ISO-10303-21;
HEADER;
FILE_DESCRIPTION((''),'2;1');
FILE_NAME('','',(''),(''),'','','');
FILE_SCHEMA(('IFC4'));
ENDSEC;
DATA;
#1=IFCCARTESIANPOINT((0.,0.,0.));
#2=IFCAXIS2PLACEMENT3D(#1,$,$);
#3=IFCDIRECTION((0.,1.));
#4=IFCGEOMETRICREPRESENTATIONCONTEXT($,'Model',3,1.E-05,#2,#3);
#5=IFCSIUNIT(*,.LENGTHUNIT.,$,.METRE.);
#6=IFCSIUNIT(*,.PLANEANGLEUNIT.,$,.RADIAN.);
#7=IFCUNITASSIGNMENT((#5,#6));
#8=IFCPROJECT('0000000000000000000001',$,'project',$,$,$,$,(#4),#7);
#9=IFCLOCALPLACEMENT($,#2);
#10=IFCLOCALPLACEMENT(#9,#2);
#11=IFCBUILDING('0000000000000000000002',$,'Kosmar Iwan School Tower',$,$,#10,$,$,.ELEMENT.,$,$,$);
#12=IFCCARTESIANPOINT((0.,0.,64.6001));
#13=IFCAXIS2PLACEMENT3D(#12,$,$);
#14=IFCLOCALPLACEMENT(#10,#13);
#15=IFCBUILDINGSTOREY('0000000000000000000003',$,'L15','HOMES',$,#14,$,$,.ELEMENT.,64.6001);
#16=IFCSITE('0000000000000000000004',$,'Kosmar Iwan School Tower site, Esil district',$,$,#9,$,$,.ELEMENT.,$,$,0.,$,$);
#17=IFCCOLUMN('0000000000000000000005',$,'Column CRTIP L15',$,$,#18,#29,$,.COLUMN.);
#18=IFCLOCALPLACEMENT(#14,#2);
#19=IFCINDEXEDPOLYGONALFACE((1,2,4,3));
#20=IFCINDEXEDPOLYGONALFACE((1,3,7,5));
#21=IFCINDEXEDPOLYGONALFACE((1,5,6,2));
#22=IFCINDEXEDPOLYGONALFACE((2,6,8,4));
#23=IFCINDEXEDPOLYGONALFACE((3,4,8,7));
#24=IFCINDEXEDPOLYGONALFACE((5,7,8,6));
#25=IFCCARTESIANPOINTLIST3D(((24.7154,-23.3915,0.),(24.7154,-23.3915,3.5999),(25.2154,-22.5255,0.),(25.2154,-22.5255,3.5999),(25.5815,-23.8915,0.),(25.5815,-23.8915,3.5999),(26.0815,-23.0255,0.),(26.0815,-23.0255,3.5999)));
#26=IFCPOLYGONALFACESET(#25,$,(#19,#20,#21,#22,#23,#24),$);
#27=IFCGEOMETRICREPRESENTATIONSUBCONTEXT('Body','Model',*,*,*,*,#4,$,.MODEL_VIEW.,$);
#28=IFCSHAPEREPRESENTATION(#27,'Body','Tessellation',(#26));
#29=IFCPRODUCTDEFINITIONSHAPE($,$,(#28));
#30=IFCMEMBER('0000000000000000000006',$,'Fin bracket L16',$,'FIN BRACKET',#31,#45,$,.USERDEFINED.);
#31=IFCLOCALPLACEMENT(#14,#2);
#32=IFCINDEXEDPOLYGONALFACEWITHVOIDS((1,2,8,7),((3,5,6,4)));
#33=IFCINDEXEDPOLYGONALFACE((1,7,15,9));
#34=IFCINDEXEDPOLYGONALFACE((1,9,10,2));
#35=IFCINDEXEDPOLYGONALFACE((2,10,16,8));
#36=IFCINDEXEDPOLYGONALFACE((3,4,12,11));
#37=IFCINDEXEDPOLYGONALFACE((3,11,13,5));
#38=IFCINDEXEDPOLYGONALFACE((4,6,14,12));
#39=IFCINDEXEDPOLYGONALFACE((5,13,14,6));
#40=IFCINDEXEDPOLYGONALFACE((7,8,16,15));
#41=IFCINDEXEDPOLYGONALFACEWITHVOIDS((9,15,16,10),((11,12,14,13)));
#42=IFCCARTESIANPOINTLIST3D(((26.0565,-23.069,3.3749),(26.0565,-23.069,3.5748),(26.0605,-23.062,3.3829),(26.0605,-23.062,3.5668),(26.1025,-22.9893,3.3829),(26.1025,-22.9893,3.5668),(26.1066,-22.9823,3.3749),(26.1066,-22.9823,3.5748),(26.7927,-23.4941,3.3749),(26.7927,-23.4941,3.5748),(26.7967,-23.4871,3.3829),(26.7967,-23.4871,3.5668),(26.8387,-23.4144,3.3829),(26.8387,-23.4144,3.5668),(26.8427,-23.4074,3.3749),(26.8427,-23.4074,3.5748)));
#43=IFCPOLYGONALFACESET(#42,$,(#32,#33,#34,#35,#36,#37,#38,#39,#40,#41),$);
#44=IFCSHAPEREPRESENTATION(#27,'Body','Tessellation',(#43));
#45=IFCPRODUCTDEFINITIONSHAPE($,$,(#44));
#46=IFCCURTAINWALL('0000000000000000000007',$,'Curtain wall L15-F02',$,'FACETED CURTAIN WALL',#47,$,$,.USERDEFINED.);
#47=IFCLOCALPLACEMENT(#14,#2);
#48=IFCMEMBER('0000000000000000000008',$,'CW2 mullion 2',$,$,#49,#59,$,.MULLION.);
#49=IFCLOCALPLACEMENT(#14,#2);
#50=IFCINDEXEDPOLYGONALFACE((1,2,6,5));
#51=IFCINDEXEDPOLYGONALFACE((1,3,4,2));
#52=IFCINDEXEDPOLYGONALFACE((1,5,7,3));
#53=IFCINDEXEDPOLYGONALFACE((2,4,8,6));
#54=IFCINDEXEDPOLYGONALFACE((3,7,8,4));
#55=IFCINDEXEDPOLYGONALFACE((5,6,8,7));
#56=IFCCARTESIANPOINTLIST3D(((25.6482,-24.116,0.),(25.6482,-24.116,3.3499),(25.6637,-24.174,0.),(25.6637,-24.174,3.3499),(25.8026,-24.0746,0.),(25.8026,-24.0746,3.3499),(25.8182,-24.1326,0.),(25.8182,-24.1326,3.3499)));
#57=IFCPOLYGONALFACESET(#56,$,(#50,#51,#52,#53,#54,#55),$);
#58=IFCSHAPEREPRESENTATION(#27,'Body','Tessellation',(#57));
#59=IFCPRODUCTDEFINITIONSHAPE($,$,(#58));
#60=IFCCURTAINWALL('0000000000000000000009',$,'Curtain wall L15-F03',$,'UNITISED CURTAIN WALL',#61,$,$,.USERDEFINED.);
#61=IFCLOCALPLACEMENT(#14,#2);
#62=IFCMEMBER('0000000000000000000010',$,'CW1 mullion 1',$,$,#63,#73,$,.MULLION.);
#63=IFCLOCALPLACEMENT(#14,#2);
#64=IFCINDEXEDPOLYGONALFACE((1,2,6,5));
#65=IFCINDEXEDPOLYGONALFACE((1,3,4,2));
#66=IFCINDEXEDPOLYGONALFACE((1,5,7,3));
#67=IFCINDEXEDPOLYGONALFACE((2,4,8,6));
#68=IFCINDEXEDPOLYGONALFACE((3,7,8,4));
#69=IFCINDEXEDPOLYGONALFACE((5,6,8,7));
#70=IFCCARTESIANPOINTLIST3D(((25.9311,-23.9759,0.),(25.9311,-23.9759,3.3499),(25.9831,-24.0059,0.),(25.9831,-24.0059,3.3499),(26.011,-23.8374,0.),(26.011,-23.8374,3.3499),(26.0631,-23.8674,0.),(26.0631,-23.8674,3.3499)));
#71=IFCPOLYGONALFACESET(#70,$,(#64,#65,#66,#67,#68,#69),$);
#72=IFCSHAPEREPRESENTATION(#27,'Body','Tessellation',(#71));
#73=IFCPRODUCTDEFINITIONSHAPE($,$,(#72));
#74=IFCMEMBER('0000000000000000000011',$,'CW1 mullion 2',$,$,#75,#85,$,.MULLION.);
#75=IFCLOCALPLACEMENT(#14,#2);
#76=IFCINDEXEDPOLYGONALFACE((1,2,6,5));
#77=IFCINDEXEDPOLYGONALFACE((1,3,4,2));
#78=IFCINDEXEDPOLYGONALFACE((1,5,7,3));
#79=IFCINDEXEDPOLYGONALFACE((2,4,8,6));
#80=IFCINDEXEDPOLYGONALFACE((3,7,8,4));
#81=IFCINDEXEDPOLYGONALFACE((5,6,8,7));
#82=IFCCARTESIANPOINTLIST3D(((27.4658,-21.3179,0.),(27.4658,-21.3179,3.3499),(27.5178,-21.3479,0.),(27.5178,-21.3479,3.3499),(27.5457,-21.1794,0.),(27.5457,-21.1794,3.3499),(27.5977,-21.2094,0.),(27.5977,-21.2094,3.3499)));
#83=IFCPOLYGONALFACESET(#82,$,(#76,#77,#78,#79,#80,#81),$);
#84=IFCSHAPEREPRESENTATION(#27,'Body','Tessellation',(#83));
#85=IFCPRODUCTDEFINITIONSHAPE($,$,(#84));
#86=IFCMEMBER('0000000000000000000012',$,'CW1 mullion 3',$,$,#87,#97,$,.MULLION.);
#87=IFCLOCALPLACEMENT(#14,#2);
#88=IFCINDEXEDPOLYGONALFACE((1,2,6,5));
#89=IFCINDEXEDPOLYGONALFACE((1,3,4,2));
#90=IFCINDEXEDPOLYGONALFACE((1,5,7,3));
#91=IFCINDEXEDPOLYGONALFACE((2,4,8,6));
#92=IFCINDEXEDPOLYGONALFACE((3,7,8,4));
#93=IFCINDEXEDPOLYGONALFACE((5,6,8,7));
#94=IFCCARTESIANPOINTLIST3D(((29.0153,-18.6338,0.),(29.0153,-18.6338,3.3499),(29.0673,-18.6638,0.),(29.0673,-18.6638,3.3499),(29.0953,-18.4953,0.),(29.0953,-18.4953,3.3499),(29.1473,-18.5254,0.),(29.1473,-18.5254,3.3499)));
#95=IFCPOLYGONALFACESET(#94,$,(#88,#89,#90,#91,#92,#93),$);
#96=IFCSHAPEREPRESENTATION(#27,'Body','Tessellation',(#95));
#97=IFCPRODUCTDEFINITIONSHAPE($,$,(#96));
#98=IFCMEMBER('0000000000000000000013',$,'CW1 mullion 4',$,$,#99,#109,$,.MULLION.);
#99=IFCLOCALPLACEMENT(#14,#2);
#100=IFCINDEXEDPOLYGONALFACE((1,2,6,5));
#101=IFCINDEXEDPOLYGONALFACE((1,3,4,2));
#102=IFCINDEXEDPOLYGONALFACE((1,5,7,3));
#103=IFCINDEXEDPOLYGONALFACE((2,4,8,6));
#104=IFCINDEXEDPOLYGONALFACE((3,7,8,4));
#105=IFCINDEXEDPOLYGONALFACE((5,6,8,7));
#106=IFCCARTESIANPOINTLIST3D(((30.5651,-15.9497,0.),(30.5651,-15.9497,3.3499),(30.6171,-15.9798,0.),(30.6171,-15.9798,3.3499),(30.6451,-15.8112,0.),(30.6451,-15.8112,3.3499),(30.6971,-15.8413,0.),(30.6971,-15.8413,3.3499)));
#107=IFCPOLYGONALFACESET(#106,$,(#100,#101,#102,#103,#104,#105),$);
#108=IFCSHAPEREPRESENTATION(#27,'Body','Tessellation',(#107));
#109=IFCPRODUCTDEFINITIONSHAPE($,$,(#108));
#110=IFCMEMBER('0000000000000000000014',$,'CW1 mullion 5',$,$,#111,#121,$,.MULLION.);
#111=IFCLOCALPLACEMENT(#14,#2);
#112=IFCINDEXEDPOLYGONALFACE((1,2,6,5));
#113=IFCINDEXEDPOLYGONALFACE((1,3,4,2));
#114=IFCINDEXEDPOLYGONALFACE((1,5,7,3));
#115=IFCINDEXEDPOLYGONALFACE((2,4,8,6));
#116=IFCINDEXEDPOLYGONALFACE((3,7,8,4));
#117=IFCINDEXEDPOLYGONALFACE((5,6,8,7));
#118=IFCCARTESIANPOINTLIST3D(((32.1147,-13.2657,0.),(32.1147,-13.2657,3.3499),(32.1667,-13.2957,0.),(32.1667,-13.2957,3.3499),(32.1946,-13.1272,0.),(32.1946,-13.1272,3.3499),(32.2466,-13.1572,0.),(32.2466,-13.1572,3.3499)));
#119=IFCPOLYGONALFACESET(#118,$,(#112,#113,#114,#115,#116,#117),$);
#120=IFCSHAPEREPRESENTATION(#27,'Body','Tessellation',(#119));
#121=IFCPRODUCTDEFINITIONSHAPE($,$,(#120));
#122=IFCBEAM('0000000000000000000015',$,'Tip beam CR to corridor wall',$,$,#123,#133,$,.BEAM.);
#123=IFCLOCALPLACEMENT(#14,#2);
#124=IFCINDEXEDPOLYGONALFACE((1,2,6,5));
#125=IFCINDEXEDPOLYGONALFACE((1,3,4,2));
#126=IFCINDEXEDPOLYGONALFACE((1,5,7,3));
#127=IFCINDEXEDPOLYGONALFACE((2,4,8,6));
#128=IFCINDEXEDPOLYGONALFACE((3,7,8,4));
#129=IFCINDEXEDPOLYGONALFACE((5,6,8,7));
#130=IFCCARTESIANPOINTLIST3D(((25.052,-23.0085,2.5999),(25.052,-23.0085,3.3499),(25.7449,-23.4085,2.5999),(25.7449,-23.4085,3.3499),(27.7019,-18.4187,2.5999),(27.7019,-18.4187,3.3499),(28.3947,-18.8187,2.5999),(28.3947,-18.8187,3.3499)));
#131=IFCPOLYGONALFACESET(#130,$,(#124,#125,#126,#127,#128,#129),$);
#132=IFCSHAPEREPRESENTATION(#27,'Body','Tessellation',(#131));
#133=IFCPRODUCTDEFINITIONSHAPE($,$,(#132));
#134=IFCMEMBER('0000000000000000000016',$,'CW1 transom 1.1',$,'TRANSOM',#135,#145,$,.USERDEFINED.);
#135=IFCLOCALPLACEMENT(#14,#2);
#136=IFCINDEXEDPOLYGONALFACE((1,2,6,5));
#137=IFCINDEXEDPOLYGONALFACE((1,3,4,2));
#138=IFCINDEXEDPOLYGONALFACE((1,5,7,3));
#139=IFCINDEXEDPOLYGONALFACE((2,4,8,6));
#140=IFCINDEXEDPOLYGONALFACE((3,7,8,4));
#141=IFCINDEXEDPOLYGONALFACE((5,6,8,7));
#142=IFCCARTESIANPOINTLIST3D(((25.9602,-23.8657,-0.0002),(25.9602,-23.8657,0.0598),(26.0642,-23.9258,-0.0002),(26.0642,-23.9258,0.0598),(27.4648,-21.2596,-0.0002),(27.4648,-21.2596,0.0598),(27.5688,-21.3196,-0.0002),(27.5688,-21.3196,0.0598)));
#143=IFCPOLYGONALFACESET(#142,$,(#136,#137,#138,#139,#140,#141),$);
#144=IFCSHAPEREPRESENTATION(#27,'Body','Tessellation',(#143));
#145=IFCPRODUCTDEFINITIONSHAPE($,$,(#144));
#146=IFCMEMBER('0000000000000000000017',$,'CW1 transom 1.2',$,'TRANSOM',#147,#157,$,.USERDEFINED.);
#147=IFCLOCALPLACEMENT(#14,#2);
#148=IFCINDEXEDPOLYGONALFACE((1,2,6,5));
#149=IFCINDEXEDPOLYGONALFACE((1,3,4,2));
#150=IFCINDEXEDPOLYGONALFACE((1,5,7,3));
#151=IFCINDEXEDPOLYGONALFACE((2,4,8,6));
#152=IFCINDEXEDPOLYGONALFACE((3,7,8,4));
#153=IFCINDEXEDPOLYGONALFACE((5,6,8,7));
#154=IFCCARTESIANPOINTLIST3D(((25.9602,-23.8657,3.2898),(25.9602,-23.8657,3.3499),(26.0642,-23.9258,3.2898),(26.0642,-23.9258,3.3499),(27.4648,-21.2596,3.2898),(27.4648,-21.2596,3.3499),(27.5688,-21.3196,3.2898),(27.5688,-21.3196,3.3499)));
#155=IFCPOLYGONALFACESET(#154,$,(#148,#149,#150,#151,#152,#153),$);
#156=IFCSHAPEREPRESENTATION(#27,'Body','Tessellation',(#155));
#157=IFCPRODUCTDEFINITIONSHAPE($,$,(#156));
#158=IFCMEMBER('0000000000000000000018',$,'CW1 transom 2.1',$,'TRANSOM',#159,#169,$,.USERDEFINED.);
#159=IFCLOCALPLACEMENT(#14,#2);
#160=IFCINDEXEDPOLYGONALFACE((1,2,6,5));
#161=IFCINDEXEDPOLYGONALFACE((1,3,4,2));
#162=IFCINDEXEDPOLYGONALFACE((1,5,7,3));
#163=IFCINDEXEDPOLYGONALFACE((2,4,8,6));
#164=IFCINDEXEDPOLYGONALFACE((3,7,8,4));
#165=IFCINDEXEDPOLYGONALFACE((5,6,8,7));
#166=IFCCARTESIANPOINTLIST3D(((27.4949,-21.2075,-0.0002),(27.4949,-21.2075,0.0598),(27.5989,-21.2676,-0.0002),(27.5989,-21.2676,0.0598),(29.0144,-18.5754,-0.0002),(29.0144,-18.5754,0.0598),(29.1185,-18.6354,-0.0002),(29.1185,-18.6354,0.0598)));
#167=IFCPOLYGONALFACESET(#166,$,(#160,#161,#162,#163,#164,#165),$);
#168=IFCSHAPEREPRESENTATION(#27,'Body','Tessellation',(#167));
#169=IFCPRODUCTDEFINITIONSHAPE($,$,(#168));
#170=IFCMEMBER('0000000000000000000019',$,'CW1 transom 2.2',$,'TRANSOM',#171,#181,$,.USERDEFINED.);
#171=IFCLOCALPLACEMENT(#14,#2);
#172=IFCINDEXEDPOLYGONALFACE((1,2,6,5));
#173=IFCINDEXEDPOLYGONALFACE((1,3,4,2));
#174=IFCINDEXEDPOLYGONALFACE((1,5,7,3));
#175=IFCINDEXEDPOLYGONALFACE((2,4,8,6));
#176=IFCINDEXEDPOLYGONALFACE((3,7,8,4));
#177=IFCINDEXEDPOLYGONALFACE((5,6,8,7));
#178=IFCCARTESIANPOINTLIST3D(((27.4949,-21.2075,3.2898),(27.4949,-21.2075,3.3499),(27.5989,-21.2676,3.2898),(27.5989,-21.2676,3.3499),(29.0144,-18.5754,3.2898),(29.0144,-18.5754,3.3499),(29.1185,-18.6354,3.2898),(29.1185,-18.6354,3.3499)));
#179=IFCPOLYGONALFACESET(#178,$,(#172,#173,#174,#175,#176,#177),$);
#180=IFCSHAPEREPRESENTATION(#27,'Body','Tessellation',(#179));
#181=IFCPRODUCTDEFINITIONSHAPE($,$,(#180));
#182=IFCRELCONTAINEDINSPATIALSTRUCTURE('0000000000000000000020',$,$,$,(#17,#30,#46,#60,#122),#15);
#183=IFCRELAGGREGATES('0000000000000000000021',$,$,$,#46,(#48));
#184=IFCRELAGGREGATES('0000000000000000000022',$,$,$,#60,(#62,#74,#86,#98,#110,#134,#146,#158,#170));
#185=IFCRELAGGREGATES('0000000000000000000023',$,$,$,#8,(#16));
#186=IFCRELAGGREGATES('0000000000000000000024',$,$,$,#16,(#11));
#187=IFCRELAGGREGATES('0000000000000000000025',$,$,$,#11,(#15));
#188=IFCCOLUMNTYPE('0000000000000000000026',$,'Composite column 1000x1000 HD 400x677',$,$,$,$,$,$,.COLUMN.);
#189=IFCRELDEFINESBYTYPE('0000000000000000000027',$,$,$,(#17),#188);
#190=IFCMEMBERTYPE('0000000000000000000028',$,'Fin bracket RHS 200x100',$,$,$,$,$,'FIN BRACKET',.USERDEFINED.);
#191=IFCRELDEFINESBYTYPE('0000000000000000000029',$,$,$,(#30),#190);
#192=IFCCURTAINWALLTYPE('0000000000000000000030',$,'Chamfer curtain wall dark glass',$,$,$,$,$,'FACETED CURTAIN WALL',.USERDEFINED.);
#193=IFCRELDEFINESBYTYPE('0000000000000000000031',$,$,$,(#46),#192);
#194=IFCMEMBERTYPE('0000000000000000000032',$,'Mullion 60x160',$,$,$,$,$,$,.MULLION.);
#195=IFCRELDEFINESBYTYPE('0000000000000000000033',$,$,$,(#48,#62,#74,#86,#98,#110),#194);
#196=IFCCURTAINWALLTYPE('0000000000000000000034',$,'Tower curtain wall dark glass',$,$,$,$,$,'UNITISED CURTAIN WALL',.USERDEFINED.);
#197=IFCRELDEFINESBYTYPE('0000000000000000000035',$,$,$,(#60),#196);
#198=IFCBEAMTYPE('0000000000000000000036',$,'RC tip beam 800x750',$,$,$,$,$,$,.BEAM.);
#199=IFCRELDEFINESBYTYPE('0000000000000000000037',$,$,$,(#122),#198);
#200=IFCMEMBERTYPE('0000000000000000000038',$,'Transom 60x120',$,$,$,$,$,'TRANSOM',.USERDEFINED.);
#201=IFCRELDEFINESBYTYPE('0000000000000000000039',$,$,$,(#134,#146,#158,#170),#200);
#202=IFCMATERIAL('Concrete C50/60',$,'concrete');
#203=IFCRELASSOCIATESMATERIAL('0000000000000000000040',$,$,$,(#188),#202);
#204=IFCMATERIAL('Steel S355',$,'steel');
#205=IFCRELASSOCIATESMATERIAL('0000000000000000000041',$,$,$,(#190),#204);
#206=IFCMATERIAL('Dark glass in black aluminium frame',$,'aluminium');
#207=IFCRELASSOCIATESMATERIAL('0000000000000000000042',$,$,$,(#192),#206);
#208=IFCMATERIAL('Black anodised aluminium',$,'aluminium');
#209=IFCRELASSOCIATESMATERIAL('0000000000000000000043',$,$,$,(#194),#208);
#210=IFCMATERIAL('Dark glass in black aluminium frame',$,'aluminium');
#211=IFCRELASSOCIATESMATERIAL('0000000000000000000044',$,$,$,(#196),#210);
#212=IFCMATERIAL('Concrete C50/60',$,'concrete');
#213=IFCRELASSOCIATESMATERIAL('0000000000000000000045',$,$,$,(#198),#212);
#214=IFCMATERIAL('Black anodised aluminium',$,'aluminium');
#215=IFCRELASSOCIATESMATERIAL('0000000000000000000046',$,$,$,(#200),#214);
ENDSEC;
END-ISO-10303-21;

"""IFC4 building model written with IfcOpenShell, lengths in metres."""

from ifc_helpers import new_model, si_unit, direction, frame, origin, origin_2d, place, context, subcontext, project, spatial, rectangle, hollow_rectangle, extrude, material, material_profile, profile_set, type_object, element, aggregate, save


model = new_model("IFC4")

# Units and contexts
model_context = context("Model", 3, precision=1e-05, world=origin(), true_north=direction((0.0, 1.0)))
body_context = subcontext(model_context, "Body", "Model", "MODEL_VIEW")
ifc_project = project(units=[si_unit("LENGTHUNIT", "METRE"), si_unit("PLANEANGLEUNIT", "RADIAN")], contexts=[model_context])

# Site, building, storey
site_placement = place(None, origin())
site = spatial("IfcSite", under=ifc_project, at=site_placement, Name="Kosmar Iwan School Tower site, Esil district", CompositionType="ELEMENT", RefElevation=0.0)
building_placement = place(site_placement, origin())
building = spatial("IfcBuilding", under=site, at=building_placement, Name="Kosmar Iwan School Tower", CompositionType="ELEMENT")
storey_placement = place(building_placement, frame((0.0, 0.0, 64.6001)))
storey = spatial("IfcBuildingStorey", under=building, at=storey_placement, Name="L15", Description="HOMES", CompositionType="ELEMENT", Elevation=64.6001)

# Column
ifc_material_1 = material(Name="Concrete C50/60", Category="concrete")
ifc_material_profile_1 = material_profile(ifc_material_1, rectangle(XDim=1.0, YDim=1.0, at=origin_2d()), Name="RC 1000x1000 + HD 400x677")
ifc_profile_set_1 = profile_set([ifc_material_profile_1], Name="Concrete C50/60")
column_type = type_object("IfcColumnType", Name="Composite column 1000x1000 HD 400x677", PredefinedType="COLUMN", material=ifc_profile_set_1)
column_placement = place(storey_placement, frame((25.3984, -23.2085, 0.0), z_axis=(0.0, 0.0, 1.0), x_axis=(0.866025, -0.5, 0.0)))
element("IfcColumn", 1, at=column_placement, inside=storey, type_object=column_type, Name="Column CRTIP L15", PredefinedType="COLUMN", context=body_context, shape_type="SweptSolid", body=[
    extrude(rectangle(XDim=1.0, YDim=1.0, at=origin_2d()), origin(), (0.0, 0.0, 1.0), 3.5999),
])

# Member
ifc_material_2 = material(Name="Steel S355", Category="steel")
ifc_material_profile_2 = material_profile(ifc_material_2, hollow_rectangle(XDim=0.1001, YDim=0.2, WallThickness=0.0081, at=origin_2d()), Name="RHS 200x100x8")
ifc_profile_set_2 = profile_set([ifc_material_profile_2], Name="Steel S355")
member_type_1 = type_object("IfcMemberType", Name="Fin bracket RHS 200x100", ElementType="FIN BRACKET", PredefinedType="USERDEFINED", material=ifc_profile_set_2)
member_1_placement = place(storey_placement, frame((26.0815, -23.0256, 3.4749), z_axis=(0.865989, -0.500062, 0.0), x_axis=(0.500062, 0.865989, 0.0)))
element("IfcMember", 2, at=member_1_placement, inside=storey, type_object=member_type_1, Name="Fin bracket L16", ObjectType="FIN BRACKET", PredefinedType="USERDEFINED", context=body_context, shape_type="SweptSolid", body=[
    extrude(hollow_rectangle(XDim=0.1001, YDim=0.2, WallThickness=0.0081, at=origin_2d()), origin(), (0.0, 0.0, 1.0), 0.8501),
])

# Curtain wall, member
ifc_material_3 = material(Name="Dark glass in black aluminium frame", Category="aluminium")
curtain_wall_type_1 = type_object("IfcCurtainWallType", Name="Chamfer curtain wall dark glass", ElementType="FACETED CURTAIN WALL", PredefinedType="USERDEFINED", material=ifc_material_3)
curtain_wall_1_placement = place(storey_placement, origin())
curtain_wall_1 = element("IfcCurtainWall", 3, at=curtain_wall_1_placement, inside=storey, type_object=curtain_wall_type_1, Name="Curtain wall L15-F02", ObjectType="FACETED CURTAIN WALL", PredefinedType="USERDEFINED")
ifc_material_4 = material(Name="Black anodised aluminium", Category="aluminium")
ifc_material_profile_3 = material_profile(ifc_material_4, rectangle(XDim=0.0601, YDim=0.1599, at=origin_2d()), Name="MULLION 60x160")
ifc_profile_set_3 = profile_set([ifc_material_profile_3], Name="Black anodised aluminium")
member_type_2 = type_object("IfcMemberType", Name="Mullion 60x160", PredefinedType="MULLION", material=ifc_profile_set_3)
member_2_placement = place(storey_placement, frame((25.7332, -24.1243, 0.0), z_axis=(0.0, 0.0, 1.0), x_axis=(-0.258819, 0.965926, 0.0)))
member_2 = element("IfcMember", 4, at=member_2_placement, type_object=member_type_2, Name="CW2 mullion 2", PredefinedType="MULLION", context=body_context, shape_type="SweptSolid", body=[
    extrude(rectangle(XDim=0.0601, YDim=0.1599, at=origin_2d()), origin(), (0.0, 0.0, 1.0), 3.3499),
])

# Curtain wall, members
ifc_material_5 = material(Name="Dark glass in black aluminium frame", Category="aluminium")
curtain_wall_type_2 = type_object("IfcCurtainWallType", Name="Tower curtain wall dark glass", ElementType="UNITISED CURTAIN WALL", PredefinedType="USERDEFINED", material=ifc_material_5)
curtain_wall_2_placement = place(storey_placement, origin())
curtain_wall_2 = element("IfcCurtainWall", 5, at=curtain_wall_2_placement, inside=storey, type_object=curtain_wall_type_2, Name="Curtain wall L15-F03", ObjectType="UNITISED CURTAIN WALL", PredefinedType="USERDEFINED")
member_3_placement = place(storey_placement, frame((25.9971, -23.9216, 0.0), z_axis=(0.0, 0.0, 1.0), x_axis=(-0.866025, 0.5, 0.0)))
member_3 = element("IfcMember", 6, at=member_3_placement, type_object=member_type_2, Name="CW1 mullion 1", PredefinedType="MULLION", context=body_context, shape_type="SweptSolid", body=[
    extrude(rectangle(XDim=0.0601, YDim=0.1599, at=origin_2d()), origin(), (0.0, 0.0, 1.0), 3.3499),
])
member_4_placement = place(storey_placement, frame((27.5317, -21.2637, 0.0), z_axis=(0.0, 0.0, 1.0), x_axis=(-0.866025, 0.5, 0.0)))
member_4 = element("IfcMember", 7, at=member_4_placement, type_object=member_type_2, Name="CW1 mullion 2", PredefinedType="MULLION", context=body_context, shape_type="SweptSolid", body=[
    extrude(rectangle(XDim=0.0601, YDim=0.1599, at=origin_2d()), origin(), (0.0, 0.0, 1.0), 3.3499),
])
member_5_placement = place(storey_placement, frame((29.0813, -18.5796, 0.0), z_axis=(0.0, 0.0, 1.0), x_axis=(-0.866025, 0.5, 0.0)))
member_5 = element("IfcMember", 8, at=member_5_placement, type_object=member_type_2, Name="CW1 mullion 3", PredefinedType="MULLION", context=body_context, shape_type="SweptSolid", body=[
    extrude(rectangle(XDim=0.0601, YDim=0.1599, at=origin_2d()), origin(), (0.0, 0.0, 1.0), 3.3499),
])
member_6_placement = place(storey_placement, frame((30.6311, -15.8955, 0.0), z_axis=(0.0, 0.0, 1.0), x_axis=(-0.866025, 0.5, 0.0)))
member_6 = element("IfcMember", 9, at=member_6_placement, type_object=member_type_2, Name="CW1 mullion 4", PredefinedType="MULLION", context=body_context, shape_type="SweptSolid", body=[
    extrude(rectangle(XDim=0.0601, YDim=0.1599, at=origin_2d()), origin(), (0.0, 0.0, 1.0), 3.3499),
])
member_7_placement = place(storey_placement, frame((32.1807, -13.2114, 0.0), z_axis=(0.0, 0.0, 1.0), x_axis=(-0.866025, 0.5, 0.0)))
member_7 = element("IfcMember", 10, at=member_7_placement, type_object=member_type_2, Name="CW1 mullion 5", PredefinedType="MULLION", context=body_context, shape_type="SweptSolid", body=[
    extrude(rectangle(XDim=0.0601, YDim=0.1599, at=origin_2d()), origin(), (0.0, 0.0, 1.0), 3.3499),
])

# Beam
ifc_material_6 = material(Name="Concrete C50/60", Category="concrete")
ifc_material_profile_4 = material_profile(ifc_material_6, rectangle(XDim=0.8, YDim=0.75, at=origin_2d()), Name="RC 800x750")
ifc_profile_set_4 = profile_set([ifc_material_profile_4], Name="Concrete C50/60")
beam_type = type_object("IfcBeamType", Name="RC tip beam 800x750", PredefinedType="BEAM", material=ifc_profile_set_4)
beam_placement = place(storey_placement, frame((25.3984, -23.2085, 2.9749), z_axis=(0.499994, 0.866029, 0.0), x_axis=(-0.866029, 0.499994, 0.0)))
element("IfcBeam", 11, at=beam_placement, inside=storey, type_object=beam_type, Name="Tip beam CR to corridor wall", PredefinedType="BEAM", context=body_context, shape_type="SweptSolid", body=[
    extrude(rectangle(XDim=0.8, YDim=0.75, at=origin_2d()), origin(), (0.0, 0.0, 1.0), 5.2998),
])

# Members
ifc_material_7 = material(Name="Black anodised aluminium", Category="aluminium")
ifc_material_profile_5 = material_profile(ifc_material_7, rectangle(XDim=0.1201, YDim=0.0601, at=origin_2d()), Name="TRANSOM 60x120")
ifc_profile_set_5 = profile_set([ifc_material_profile_5], Name="Black anodised aluminium")
member_type_3 = type_object("IfcMemberType", Name="Transom 60x120", ElementType="TRANSOM", PredefinedType="USERDEFINED", material=ifc_profile_set_5)
member_8_placement = place(storey_placement, frame((26.0122, -23.8958, 0.0298), z_axis=(0.499987, 0.866033, 0.0), x_axis=(-0.866033, 0.499987, 0.0)))
member_8 = element("IfcMember", 12, at=member_8_placement, type_object=member_type_3, Name="CW1 transom 1.1", ObjectType="TRANSOM", PredefinedType="USERDEFINED", context=body_context, shape_type="SweptSolid", body=[
    extrude(rectangle(XDim=0.1201, YDim=0.0601, at=origin_2d()), origin(), (0.0, 0.0, 1.0), 3.0093),
])
member_9_placement = place(storey_placement, frame((26.0122, -23.8958, 3.3198), z_axis=(0.499987, 0.866033, 0.0), x_axis=(-0.866033, 0.499987, 0.0)))
member_9 = element("IfcMember", 13, at=member_9_placement, type_object=member_type_3, Name="CW1 transom 1.2", ObjectType="TRANSOM", PredefinedType="USERDEFINED", context=body_context, shape_type="SweptSolid", body=[
    extrude(rectangle(XDim=0.1201, YDim=0.0601, at=origin_2d()), origin(), (0.0, 0.0, 1.0), 3.0093),
])
member_10_placement = place(storey_placement, frame((27.5469, -21.2375, 0.0298), z_axis=(0.499975, 0.86604, 0.0), x_axis=(-0.86604, 0.499975, 0.0)))
member_10 = element("IfcMember", 14, at=member_10_placement, type_object=member_type_3, Name="CW1 transom 2.1", ObjectType="TRANSOM", PredefinedType="USERDEFINED", context=body_context, shape_type="SweptSolid", body=[
    extrude(rectangle(XDim=0.1201, YDim=0.0601, at=origin_2d()), origin(), (0.0, 0.0, 1.0), 3.0393),
])
member_11_placement = place(storey_placement, frame((27.5469, -21.2375, 3.3198), z_axis=(0.499975, 0.86604, 0.0), x_axis=(-0.86604, 0.499975, 0.0)))
member_11 = element("IfcMember", 15, at=member_11_placement, type_object=member_type_3, Name="CW1 transom 2.2", ObjectType="TRANSOM", PredefinedType="USERDEFINED", context=body_context, shape_type="SweptSolid", body=[
    extrude(rectangle(XDim=0.1201, YDim=0.0601, at=origin_2d()), origin(), (0.0, 0.0, 1.0), 3.0393),
])

aggregate(curtain_wall_1, [member_2])
aggregate(curtain_wall_2, [member_3, member_4, member_5, member_6, member_7, member_8, member_9, member_10, member_11])

save(model, "model.ifc")
